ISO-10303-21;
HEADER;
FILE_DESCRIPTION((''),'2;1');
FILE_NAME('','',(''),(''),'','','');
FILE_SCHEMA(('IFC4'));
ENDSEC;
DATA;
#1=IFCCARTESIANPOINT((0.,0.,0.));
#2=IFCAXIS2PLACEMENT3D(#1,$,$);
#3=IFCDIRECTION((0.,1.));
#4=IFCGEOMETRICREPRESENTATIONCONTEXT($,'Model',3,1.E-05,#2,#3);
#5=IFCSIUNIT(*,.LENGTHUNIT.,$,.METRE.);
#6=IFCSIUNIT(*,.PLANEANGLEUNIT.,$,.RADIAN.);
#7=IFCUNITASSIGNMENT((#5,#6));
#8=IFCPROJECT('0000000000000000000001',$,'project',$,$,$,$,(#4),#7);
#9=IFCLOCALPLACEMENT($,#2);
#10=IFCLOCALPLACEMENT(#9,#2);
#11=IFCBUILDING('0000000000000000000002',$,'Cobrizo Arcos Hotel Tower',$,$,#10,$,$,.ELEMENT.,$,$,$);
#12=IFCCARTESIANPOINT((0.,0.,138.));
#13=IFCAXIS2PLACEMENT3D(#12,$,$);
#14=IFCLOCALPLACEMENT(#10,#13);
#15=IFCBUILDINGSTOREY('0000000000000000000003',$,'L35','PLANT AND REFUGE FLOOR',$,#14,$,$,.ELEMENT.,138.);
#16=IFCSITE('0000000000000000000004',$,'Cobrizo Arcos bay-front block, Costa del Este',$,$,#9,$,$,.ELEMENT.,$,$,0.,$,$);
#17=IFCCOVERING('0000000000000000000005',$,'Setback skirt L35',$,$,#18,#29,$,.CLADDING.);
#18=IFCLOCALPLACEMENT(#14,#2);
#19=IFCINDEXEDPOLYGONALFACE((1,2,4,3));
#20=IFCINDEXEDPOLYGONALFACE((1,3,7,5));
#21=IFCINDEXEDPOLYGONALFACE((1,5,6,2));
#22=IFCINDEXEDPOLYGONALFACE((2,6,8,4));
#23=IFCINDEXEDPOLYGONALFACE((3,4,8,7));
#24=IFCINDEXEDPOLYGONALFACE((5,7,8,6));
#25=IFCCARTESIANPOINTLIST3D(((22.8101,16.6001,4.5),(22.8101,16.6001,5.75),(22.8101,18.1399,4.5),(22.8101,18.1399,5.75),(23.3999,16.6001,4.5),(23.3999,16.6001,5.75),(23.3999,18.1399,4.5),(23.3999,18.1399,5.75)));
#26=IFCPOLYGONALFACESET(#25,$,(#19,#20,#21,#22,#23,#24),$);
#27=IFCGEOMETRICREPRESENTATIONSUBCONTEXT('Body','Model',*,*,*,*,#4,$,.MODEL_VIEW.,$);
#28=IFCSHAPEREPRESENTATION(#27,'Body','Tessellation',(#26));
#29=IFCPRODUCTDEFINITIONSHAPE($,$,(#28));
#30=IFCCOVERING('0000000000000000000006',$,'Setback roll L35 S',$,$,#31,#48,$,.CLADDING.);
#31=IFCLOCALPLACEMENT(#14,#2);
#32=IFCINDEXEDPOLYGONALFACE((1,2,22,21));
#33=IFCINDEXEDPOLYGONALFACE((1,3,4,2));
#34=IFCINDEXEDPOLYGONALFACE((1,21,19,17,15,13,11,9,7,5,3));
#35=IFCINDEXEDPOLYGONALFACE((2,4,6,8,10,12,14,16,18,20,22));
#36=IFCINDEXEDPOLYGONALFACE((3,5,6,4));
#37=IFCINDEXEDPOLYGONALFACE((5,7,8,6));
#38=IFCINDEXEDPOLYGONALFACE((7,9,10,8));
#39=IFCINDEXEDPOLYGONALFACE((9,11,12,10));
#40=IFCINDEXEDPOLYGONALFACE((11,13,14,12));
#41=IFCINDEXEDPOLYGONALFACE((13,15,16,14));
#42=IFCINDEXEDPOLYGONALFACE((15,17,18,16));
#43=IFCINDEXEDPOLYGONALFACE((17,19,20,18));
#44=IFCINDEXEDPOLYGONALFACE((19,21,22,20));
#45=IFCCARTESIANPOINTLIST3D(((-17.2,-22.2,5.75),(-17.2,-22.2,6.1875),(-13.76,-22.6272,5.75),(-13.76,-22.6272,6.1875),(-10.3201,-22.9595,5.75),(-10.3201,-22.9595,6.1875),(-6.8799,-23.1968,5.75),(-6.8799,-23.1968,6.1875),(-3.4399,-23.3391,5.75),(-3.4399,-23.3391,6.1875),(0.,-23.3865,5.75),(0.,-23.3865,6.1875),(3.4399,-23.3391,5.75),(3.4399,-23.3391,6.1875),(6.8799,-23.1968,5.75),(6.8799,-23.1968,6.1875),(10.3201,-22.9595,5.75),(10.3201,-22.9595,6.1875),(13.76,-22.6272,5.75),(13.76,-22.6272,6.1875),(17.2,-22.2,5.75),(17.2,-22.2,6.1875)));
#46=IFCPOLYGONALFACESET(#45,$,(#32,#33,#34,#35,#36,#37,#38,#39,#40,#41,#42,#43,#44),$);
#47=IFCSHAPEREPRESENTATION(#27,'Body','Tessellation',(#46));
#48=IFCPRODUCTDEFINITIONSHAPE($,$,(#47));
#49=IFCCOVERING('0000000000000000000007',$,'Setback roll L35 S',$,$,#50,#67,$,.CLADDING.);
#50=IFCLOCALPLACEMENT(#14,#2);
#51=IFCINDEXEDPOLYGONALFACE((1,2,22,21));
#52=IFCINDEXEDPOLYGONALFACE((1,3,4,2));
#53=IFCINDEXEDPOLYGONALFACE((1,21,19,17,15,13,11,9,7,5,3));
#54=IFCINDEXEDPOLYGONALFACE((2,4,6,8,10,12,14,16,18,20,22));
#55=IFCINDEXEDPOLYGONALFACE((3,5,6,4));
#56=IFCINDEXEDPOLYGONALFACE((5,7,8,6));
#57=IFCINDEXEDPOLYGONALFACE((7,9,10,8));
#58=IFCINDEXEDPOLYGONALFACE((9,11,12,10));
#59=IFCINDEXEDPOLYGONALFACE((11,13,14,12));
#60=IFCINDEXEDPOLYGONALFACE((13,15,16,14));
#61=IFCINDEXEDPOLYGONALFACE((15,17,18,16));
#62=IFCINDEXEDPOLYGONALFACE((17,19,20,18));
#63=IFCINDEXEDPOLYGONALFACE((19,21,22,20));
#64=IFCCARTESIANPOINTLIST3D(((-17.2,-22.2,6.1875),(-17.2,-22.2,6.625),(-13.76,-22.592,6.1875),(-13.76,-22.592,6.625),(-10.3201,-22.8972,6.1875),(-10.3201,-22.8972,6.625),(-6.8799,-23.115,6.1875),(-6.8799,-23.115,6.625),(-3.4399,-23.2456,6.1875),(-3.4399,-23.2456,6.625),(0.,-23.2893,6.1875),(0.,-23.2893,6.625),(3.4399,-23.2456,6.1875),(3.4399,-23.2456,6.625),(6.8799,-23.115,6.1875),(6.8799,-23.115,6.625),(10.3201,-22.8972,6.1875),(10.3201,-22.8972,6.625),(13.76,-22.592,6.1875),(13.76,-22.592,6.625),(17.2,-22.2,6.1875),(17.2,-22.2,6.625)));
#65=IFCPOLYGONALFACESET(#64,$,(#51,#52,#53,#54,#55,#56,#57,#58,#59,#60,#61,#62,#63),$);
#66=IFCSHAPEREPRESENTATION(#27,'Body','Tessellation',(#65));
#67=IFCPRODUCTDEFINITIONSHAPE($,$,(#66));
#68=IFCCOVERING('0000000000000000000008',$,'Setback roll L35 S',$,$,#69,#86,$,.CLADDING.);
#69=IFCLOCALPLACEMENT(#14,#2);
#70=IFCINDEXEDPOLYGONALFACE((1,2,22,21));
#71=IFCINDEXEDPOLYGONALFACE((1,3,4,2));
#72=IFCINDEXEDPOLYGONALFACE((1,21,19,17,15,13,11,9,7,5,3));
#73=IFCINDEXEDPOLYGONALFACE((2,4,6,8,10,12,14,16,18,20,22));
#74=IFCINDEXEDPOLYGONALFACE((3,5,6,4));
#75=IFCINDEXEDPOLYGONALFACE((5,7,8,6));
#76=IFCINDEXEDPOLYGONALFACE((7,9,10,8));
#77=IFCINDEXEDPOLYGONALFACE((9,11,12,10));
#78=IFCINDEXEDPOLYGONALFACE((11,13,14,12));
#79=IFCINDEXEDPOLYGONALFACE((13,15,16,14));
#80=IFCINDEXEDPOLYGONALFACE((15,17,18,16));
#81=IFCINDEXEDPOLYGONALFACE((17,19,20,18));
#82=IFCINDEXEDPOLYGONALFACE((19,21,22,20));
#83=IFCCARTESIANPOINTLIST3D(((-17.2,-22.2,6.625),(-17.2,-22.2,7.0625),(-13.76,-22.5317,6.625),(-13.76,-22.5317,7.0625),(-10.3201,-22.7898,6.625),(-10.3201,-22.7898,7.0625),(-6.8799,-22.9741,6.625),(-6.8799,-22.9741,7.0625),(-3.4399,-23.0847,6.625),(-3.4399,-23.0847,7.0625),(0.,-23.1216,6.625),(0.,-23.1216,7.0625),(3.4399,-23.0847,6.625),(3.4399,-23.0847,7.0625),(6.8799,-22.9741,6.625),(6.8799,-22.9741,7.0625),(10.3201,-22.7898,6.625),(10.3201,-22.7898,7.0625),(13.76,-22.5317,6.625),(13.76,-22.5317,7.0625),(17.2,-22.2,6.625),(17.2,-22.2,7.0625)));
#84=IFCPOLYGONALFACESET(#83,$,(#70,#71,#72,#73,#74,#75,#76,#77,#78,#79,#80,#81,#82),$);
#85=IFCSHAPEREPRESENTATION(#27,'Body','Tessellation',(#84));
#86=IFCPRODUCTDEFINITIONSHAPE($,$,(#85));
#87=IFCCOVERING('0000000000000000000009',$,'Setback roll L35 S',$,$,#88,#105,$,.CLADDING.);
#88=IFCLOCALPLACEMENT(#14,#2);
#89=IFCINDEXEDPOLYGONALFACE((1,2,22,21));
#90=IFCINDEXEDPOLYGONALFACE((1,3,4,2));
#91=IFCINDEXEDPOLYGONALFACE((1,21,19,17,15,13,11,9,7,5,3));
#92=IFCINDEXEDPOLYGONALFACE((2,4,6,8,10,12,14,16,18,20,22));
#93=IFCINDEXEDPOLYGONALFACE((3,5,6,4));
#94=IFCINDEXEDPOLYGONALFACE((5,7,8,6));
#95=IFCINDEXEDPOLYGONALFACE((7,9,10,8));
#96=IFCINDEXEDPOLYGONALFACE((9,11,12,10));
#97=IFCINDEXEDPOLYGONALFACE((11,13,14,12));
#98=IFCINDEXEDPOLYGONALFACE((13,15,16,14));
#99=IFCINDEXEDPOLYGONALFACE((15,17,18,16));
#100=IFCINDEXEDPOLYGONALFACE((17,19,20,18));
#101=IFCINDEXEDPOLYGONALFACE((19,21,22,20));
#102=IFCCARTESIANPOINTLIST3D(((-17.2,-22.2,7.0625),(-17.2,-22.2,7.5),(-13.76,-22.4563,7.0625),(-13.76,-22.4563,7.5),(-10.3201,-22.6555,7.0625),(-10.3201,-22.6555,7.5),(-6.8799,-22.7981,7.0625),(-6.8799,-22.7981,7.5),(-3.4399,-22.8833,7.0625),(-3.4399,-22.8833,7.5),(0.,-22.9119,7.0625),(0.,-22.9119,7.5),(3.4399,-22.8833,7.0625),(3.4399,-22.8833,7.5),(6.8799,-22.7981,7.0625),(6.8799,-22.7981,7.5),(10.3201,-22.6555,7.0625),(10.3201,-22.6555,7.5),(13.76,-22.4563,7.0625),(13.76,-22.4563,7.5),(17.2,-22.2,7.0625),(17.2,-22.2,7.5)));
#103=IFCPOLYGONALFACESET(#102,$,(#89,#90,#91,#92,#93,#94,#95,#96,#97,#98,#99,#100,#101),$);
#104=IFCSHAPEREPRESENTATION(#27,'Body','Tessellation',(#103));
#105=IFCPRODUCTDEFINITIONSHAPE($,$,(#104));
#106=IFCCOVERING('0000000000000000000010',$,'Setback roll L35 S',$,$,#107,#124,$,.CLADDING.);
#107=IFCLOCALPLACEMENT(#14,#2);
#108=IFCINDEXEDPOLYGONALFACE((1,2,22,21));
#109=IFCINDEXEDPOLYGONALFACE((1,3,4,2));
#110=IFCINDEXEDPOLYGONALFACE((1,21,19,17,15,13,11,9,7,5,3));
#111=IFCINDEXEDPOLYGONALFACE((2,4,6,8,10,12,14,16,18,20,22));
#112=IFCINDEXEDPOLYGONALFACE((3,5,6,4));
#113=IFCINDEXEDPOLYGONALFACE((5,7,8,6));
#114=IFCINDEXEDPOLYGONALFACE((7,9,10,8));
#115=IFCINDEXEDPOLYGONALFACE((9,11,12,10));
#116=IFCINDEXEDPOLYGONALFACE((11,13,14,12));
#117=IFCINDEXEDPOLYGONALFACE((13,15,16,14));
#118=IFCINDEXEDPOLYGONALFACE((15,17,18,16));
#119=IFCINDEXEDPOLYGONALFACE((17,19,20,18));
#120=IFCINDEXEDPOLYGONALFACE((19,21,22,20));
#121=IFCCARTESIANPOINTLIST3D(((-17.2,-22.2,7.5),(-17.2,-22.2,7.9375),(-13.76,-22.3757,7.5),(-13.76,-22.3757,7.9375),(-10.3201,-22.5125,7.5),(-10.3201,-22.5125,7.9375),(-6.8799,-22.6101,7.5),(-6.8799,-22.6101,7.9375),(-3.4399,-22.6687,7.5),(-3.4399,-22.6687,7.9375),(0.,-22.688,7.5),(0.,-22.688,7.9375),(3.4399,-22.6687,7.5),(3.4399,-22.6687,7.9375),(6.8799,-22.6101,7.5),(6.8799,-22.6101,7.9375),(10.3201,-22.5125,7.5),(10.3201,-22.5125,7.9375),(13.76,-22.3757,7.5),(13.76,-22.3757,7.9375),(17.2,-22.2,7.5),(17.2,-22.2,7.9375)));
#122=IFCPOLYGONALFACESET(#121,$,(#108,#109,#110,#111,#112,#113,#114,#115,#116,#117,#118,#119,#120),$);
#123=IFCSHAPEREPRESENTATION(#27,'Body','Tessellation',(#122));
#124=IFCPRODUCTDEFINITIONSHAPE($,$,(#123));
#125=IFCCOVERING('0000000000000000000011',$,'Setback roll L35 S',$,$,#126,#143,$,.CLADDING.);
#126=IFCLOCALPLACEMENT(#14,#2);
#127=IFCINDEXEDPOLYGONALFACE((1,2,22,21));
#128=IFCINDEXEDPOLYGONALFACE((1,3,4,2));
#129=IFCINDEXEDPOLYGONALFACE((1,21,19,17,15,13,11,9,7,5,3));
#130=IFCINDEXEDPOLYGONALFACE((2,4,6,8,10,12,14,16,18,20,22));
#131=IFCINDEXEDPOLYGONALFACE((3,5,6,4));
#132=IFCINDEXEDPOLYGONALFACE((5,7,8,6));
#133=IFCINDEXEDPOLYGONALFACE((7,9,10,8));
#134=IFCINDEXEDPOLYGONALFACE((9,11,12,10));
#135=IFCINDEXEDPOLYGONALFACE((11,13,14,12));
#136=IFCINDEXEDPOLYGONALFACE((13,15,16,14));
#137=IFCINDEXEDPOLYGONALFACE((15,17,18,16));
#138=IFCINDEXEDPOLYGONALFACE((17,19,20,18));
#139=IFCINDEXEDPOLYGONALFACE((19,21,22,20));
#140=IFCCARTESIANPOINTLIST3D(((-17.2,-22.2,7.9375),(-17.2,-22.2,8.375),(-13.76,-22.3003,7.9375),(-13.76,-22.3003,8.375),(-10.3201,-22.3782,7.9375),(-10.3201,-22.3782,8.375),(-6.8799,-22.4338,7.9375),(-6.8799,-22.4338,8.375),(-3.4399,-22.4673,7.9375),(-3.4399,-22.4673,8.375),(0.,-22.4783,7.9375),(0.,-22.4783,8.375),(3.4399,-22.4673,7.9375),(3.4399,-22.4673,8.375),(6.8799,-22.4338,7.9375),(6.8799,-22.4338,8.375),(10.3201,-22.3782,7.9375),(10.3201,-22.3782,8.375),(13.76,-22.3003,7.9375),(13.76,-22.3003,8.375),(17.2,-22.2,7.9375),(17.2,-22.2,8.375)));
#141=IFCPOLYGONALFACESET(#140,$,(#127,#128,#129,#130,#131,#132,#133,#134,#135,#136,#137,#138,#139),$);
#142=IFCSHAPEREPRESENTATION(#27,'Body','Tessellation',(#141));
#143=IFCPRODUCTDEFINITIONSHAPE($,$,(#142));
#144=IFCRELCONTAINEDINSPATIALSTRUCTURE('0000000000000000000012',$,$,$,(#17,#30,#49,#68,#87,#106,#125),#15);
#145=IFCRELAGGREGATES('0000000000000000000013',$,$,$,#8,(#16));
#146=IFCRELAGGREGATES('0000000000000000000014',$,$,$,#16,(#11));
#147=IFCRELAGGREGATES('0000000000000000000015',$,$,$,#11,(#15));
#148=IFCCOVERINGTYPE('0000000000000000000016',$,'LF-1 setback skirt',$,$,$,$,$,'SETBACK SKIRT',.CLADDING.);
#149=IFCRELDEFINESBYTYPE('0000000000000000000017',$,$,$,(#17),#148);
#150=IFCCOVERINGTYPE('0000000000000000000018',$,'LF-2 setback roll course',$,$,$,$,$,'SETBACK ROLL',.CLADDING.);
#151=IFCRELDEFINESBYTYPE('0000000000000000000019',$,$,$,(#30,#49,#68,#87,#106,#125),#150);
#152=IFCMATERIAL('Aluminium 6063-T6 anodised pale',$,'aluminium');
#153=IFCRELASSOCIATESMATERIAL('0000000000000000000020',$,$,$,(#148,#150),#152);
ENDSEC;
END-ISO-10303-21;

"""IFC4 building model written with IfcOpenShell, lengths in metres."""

from ifc_helpers import new_model, si_unit, direction, frame, origin, place, context, subcontext, project, spatial, polyline, outline, extrude, material, type_object, element, save


model = new_model("IFC4")

# Units and contexts
model_context = context("Model", 3, precision=1e-05, world=origin(), true_north=direction((0.0, 1.0)))
body_context = subcontext(model_context, "Body", "Model", "MODEL_VIEW")
ifc_project = project(units=[si_unit("LENGTHUNIT", "METRE"), si_unit("PLANEANGLEUNIT", "RADIAN")], contexts=[model_context])

# Site, building, storey
site_placement = place(None, origin())
site = spatial("IfcSite", under=ifc_project, at=site_placement, Name="Cobrizo Arcos bay-front block, Costa del Este", CompositionType="ELEMENT", RefElevation=0.0)
building_placement = place(site_placement, origin())
building = spatial("IfcBuilding", under=site, at=building_placement, Name="Cobrizo Arcos Hotel Tower", CompositionType="ELEMENT")
storey_placement = place(building_placement, frame((0.0, 0.0, 138.0)))
storey = spatial("IfcBuildingStorey", under=building, at=storey_placement, Name="L35", Description="PLANT AND REFUGE FLOOR", CompositionType="ELEMENT", Elevation=138.0)

# Coverings
ifc_material_1 = material(Name="Aluminium 6063-T6 anodised pale", Category="aluminium")
covering_type_1 = type_object("IfcCoveringType", Name="LF-1 setback skirt", ElementType="SETBACK SKIRT", PredefinedType="CLADDING", material=ifc_material_1)
covering_1_placement = place(storey_placement, frame((0.0, 0.0, 4.5)))
element("IfcCovering", 1, at=covering_1_placement, inside=storey, type_object=covering_type_1, Name="Setback skirt L35", PredefinedType="CLADDING", context=body_context, shape_type="SweptSolid", body=[
    extrude(outline(polyline([(22.8101, 18.1399), (22.8101, 16.6001), (23.3999, 16.6001), (23.3999, 18.1399), (22.8101, 18.1399)])), origin(), (0.0, 0.0, 1.0), 1.25),
])
covering_type_2 = type_object("IfcCoveringType", Name="LF-2 setback roll course", ElementType="SETBACK ROLL", PredefinedType="CLADDING", material=ifc_material_1)
covering_2_placement = place(storey_placement, frame((0.0, 0.0, 5.75)))
element("IfcCovering", 2, at=covering_2_placement, inside=storey, type_object=covering_type_2, Name="Setback roll L35 S", PredefinedType="CLADDING", context=body_context, shape_type="SweptSolid", body=[
    extrude(outline(polyline([(17.2, -22.2), (13.76, -22.6272), (10.3201, -22.9595), (6.8799, -23.1968), (3.4399, -23.3391), (0.0, -23.3865), (-3.4399, -23.3391), (-6.8799, -23.1968), (-10.3201, -22.9595), (-13.76, -22.6272), (-17.2, -22.2), (17.2, -22.2)])), origin(), (0.0, 0.0, 1.0), 0.4375),
])
covering_3_placement = place(storey_placement, frame((0.0, 0.0, 6.1875)))
element("IfcCovering", 3, at=covering_3_placement, inside=storey, type_object=covering_type_2, Name="Setback roll L35 S", PredefinedType="CLADDING", context=body_context, shape_type="SweptSolid", body=[
    extrude(outline(polyline([(17.2, -22.2), (13.76, -22.592), (10.3201, -22.8972), (6.8799, -23.115), (3.4399, -23.2456), (0.0, -23.2893), (-3.4399, -23.2456), (-6.8799, -23.115), (-10.3201, -22.8972), (-13.76, -22.592), (-17.2, -22.2), (17.2, -22.2)])), origin(), (0.0, 0.0, 1.0), 0.4375),
])
covering_4_placement = place(storey_placement, frame((0.0, 0.0, 6.625)))
element("IfcCovering", 4, at=covering_4_placement, inside=storey, type_object=covering_type_2, Name="Setback roll L35 S", PredefinedType="CLADDING", context=body_context, shape_type="SweptSolid", body=[
    extrude(outline(polyline([(17.2, -22.2), (13.76, -22.5317), (10.3201, -22.7898), (6.8799, -22.9741), (3.4399, -23.0847), (0.0, -23.1216), (-3.4399, -23.0847), (-6.8799, -22.9741), (-10.3201, -22.7898), (-13.76, -22.5317), (-17.2, -22.2), (17.2, -22.2)])), origin(), (0.0, 0.0, 1.0), 0.4375),
])
covering_5_placement = place(storey_placement, frame((0.0, 0.0, 7.0625)))
element("IfcCovering", 5, at=covering_5_placement, inside=storey, type_object=covering_type_2, Name="Setback roll L35 S", PredefinedType="CLADDING", context=body_context, shape_type="SweptSolid", body=[
    extrude(outline(polyline([(17.2, -22.2), (13.76, -22.4563), (10.3201, -22.6555), (6.8799, -22.7981), (3.4399, -22.8833), (0.0, -22.9119), (-3.4399, -22.8833), (-6.8799, -22.7981), (-10.3201, -22.6555), (-13.76, -22.4563), (-17.2, -22.2), (17.2, -22.2)])), origin(), (0.0, 0.0, 1.0), 0.4375),
])
covering_6_placement = place(storey_placement, frame((0.0, 0.0, 7.5)))
element("IfcCovering", 6, at=covering_6_placement, inside=storey, type_object=covering_type_2, Name="Setback roll L35 S", PredefinedType="CLADDING", context=body_context, shape_type="SweptSolid", body=[
    extrude(outline(polyline([(17.2, -22.2), (13.76, -22.3757), (10.3201, -22.5125), (6.8799, -22.6101), (3.4399, -22.6687), (0.0, -22.688), (-3.4399, -22.6687), (-6.8799, -22.6101), (-10.3201, -22.5125), (-13.76, -22.3757), (-17.2, -22.2), (17.2, -22.2)])), origin(), (0.0, 0.0, 1.0), 0.4375),
])
covering_7_placement = place(storey_placement, frame((0.0, 0.0, 7.9375)))
element("IfcCovering", 7, at=covering_7_placement, inside=storey, type_object=covering_type_2, Name="Setback roll L35 S", PredefinedType="CLADDING", context=body_context, shape_type="SweptSolid", body=[
    extrude(outline(polyline([(17.2, -22.2), (13.76, -22.3003), (10.3201, -22.3782), (6.8799, -22.4338), (3.4399, -22.4673), (0.0, -22.4783), (-3.4399, -22.4673), (-6.8799, -22.4338), (-10.3201, -22.3782), (-13.76, -22.3003), (-17.2, -22.2), (17.2, -22.2)])), origin(), (0.0, 0.0, 1.0), 0.4375),
])

save(model, "model.ifc")
